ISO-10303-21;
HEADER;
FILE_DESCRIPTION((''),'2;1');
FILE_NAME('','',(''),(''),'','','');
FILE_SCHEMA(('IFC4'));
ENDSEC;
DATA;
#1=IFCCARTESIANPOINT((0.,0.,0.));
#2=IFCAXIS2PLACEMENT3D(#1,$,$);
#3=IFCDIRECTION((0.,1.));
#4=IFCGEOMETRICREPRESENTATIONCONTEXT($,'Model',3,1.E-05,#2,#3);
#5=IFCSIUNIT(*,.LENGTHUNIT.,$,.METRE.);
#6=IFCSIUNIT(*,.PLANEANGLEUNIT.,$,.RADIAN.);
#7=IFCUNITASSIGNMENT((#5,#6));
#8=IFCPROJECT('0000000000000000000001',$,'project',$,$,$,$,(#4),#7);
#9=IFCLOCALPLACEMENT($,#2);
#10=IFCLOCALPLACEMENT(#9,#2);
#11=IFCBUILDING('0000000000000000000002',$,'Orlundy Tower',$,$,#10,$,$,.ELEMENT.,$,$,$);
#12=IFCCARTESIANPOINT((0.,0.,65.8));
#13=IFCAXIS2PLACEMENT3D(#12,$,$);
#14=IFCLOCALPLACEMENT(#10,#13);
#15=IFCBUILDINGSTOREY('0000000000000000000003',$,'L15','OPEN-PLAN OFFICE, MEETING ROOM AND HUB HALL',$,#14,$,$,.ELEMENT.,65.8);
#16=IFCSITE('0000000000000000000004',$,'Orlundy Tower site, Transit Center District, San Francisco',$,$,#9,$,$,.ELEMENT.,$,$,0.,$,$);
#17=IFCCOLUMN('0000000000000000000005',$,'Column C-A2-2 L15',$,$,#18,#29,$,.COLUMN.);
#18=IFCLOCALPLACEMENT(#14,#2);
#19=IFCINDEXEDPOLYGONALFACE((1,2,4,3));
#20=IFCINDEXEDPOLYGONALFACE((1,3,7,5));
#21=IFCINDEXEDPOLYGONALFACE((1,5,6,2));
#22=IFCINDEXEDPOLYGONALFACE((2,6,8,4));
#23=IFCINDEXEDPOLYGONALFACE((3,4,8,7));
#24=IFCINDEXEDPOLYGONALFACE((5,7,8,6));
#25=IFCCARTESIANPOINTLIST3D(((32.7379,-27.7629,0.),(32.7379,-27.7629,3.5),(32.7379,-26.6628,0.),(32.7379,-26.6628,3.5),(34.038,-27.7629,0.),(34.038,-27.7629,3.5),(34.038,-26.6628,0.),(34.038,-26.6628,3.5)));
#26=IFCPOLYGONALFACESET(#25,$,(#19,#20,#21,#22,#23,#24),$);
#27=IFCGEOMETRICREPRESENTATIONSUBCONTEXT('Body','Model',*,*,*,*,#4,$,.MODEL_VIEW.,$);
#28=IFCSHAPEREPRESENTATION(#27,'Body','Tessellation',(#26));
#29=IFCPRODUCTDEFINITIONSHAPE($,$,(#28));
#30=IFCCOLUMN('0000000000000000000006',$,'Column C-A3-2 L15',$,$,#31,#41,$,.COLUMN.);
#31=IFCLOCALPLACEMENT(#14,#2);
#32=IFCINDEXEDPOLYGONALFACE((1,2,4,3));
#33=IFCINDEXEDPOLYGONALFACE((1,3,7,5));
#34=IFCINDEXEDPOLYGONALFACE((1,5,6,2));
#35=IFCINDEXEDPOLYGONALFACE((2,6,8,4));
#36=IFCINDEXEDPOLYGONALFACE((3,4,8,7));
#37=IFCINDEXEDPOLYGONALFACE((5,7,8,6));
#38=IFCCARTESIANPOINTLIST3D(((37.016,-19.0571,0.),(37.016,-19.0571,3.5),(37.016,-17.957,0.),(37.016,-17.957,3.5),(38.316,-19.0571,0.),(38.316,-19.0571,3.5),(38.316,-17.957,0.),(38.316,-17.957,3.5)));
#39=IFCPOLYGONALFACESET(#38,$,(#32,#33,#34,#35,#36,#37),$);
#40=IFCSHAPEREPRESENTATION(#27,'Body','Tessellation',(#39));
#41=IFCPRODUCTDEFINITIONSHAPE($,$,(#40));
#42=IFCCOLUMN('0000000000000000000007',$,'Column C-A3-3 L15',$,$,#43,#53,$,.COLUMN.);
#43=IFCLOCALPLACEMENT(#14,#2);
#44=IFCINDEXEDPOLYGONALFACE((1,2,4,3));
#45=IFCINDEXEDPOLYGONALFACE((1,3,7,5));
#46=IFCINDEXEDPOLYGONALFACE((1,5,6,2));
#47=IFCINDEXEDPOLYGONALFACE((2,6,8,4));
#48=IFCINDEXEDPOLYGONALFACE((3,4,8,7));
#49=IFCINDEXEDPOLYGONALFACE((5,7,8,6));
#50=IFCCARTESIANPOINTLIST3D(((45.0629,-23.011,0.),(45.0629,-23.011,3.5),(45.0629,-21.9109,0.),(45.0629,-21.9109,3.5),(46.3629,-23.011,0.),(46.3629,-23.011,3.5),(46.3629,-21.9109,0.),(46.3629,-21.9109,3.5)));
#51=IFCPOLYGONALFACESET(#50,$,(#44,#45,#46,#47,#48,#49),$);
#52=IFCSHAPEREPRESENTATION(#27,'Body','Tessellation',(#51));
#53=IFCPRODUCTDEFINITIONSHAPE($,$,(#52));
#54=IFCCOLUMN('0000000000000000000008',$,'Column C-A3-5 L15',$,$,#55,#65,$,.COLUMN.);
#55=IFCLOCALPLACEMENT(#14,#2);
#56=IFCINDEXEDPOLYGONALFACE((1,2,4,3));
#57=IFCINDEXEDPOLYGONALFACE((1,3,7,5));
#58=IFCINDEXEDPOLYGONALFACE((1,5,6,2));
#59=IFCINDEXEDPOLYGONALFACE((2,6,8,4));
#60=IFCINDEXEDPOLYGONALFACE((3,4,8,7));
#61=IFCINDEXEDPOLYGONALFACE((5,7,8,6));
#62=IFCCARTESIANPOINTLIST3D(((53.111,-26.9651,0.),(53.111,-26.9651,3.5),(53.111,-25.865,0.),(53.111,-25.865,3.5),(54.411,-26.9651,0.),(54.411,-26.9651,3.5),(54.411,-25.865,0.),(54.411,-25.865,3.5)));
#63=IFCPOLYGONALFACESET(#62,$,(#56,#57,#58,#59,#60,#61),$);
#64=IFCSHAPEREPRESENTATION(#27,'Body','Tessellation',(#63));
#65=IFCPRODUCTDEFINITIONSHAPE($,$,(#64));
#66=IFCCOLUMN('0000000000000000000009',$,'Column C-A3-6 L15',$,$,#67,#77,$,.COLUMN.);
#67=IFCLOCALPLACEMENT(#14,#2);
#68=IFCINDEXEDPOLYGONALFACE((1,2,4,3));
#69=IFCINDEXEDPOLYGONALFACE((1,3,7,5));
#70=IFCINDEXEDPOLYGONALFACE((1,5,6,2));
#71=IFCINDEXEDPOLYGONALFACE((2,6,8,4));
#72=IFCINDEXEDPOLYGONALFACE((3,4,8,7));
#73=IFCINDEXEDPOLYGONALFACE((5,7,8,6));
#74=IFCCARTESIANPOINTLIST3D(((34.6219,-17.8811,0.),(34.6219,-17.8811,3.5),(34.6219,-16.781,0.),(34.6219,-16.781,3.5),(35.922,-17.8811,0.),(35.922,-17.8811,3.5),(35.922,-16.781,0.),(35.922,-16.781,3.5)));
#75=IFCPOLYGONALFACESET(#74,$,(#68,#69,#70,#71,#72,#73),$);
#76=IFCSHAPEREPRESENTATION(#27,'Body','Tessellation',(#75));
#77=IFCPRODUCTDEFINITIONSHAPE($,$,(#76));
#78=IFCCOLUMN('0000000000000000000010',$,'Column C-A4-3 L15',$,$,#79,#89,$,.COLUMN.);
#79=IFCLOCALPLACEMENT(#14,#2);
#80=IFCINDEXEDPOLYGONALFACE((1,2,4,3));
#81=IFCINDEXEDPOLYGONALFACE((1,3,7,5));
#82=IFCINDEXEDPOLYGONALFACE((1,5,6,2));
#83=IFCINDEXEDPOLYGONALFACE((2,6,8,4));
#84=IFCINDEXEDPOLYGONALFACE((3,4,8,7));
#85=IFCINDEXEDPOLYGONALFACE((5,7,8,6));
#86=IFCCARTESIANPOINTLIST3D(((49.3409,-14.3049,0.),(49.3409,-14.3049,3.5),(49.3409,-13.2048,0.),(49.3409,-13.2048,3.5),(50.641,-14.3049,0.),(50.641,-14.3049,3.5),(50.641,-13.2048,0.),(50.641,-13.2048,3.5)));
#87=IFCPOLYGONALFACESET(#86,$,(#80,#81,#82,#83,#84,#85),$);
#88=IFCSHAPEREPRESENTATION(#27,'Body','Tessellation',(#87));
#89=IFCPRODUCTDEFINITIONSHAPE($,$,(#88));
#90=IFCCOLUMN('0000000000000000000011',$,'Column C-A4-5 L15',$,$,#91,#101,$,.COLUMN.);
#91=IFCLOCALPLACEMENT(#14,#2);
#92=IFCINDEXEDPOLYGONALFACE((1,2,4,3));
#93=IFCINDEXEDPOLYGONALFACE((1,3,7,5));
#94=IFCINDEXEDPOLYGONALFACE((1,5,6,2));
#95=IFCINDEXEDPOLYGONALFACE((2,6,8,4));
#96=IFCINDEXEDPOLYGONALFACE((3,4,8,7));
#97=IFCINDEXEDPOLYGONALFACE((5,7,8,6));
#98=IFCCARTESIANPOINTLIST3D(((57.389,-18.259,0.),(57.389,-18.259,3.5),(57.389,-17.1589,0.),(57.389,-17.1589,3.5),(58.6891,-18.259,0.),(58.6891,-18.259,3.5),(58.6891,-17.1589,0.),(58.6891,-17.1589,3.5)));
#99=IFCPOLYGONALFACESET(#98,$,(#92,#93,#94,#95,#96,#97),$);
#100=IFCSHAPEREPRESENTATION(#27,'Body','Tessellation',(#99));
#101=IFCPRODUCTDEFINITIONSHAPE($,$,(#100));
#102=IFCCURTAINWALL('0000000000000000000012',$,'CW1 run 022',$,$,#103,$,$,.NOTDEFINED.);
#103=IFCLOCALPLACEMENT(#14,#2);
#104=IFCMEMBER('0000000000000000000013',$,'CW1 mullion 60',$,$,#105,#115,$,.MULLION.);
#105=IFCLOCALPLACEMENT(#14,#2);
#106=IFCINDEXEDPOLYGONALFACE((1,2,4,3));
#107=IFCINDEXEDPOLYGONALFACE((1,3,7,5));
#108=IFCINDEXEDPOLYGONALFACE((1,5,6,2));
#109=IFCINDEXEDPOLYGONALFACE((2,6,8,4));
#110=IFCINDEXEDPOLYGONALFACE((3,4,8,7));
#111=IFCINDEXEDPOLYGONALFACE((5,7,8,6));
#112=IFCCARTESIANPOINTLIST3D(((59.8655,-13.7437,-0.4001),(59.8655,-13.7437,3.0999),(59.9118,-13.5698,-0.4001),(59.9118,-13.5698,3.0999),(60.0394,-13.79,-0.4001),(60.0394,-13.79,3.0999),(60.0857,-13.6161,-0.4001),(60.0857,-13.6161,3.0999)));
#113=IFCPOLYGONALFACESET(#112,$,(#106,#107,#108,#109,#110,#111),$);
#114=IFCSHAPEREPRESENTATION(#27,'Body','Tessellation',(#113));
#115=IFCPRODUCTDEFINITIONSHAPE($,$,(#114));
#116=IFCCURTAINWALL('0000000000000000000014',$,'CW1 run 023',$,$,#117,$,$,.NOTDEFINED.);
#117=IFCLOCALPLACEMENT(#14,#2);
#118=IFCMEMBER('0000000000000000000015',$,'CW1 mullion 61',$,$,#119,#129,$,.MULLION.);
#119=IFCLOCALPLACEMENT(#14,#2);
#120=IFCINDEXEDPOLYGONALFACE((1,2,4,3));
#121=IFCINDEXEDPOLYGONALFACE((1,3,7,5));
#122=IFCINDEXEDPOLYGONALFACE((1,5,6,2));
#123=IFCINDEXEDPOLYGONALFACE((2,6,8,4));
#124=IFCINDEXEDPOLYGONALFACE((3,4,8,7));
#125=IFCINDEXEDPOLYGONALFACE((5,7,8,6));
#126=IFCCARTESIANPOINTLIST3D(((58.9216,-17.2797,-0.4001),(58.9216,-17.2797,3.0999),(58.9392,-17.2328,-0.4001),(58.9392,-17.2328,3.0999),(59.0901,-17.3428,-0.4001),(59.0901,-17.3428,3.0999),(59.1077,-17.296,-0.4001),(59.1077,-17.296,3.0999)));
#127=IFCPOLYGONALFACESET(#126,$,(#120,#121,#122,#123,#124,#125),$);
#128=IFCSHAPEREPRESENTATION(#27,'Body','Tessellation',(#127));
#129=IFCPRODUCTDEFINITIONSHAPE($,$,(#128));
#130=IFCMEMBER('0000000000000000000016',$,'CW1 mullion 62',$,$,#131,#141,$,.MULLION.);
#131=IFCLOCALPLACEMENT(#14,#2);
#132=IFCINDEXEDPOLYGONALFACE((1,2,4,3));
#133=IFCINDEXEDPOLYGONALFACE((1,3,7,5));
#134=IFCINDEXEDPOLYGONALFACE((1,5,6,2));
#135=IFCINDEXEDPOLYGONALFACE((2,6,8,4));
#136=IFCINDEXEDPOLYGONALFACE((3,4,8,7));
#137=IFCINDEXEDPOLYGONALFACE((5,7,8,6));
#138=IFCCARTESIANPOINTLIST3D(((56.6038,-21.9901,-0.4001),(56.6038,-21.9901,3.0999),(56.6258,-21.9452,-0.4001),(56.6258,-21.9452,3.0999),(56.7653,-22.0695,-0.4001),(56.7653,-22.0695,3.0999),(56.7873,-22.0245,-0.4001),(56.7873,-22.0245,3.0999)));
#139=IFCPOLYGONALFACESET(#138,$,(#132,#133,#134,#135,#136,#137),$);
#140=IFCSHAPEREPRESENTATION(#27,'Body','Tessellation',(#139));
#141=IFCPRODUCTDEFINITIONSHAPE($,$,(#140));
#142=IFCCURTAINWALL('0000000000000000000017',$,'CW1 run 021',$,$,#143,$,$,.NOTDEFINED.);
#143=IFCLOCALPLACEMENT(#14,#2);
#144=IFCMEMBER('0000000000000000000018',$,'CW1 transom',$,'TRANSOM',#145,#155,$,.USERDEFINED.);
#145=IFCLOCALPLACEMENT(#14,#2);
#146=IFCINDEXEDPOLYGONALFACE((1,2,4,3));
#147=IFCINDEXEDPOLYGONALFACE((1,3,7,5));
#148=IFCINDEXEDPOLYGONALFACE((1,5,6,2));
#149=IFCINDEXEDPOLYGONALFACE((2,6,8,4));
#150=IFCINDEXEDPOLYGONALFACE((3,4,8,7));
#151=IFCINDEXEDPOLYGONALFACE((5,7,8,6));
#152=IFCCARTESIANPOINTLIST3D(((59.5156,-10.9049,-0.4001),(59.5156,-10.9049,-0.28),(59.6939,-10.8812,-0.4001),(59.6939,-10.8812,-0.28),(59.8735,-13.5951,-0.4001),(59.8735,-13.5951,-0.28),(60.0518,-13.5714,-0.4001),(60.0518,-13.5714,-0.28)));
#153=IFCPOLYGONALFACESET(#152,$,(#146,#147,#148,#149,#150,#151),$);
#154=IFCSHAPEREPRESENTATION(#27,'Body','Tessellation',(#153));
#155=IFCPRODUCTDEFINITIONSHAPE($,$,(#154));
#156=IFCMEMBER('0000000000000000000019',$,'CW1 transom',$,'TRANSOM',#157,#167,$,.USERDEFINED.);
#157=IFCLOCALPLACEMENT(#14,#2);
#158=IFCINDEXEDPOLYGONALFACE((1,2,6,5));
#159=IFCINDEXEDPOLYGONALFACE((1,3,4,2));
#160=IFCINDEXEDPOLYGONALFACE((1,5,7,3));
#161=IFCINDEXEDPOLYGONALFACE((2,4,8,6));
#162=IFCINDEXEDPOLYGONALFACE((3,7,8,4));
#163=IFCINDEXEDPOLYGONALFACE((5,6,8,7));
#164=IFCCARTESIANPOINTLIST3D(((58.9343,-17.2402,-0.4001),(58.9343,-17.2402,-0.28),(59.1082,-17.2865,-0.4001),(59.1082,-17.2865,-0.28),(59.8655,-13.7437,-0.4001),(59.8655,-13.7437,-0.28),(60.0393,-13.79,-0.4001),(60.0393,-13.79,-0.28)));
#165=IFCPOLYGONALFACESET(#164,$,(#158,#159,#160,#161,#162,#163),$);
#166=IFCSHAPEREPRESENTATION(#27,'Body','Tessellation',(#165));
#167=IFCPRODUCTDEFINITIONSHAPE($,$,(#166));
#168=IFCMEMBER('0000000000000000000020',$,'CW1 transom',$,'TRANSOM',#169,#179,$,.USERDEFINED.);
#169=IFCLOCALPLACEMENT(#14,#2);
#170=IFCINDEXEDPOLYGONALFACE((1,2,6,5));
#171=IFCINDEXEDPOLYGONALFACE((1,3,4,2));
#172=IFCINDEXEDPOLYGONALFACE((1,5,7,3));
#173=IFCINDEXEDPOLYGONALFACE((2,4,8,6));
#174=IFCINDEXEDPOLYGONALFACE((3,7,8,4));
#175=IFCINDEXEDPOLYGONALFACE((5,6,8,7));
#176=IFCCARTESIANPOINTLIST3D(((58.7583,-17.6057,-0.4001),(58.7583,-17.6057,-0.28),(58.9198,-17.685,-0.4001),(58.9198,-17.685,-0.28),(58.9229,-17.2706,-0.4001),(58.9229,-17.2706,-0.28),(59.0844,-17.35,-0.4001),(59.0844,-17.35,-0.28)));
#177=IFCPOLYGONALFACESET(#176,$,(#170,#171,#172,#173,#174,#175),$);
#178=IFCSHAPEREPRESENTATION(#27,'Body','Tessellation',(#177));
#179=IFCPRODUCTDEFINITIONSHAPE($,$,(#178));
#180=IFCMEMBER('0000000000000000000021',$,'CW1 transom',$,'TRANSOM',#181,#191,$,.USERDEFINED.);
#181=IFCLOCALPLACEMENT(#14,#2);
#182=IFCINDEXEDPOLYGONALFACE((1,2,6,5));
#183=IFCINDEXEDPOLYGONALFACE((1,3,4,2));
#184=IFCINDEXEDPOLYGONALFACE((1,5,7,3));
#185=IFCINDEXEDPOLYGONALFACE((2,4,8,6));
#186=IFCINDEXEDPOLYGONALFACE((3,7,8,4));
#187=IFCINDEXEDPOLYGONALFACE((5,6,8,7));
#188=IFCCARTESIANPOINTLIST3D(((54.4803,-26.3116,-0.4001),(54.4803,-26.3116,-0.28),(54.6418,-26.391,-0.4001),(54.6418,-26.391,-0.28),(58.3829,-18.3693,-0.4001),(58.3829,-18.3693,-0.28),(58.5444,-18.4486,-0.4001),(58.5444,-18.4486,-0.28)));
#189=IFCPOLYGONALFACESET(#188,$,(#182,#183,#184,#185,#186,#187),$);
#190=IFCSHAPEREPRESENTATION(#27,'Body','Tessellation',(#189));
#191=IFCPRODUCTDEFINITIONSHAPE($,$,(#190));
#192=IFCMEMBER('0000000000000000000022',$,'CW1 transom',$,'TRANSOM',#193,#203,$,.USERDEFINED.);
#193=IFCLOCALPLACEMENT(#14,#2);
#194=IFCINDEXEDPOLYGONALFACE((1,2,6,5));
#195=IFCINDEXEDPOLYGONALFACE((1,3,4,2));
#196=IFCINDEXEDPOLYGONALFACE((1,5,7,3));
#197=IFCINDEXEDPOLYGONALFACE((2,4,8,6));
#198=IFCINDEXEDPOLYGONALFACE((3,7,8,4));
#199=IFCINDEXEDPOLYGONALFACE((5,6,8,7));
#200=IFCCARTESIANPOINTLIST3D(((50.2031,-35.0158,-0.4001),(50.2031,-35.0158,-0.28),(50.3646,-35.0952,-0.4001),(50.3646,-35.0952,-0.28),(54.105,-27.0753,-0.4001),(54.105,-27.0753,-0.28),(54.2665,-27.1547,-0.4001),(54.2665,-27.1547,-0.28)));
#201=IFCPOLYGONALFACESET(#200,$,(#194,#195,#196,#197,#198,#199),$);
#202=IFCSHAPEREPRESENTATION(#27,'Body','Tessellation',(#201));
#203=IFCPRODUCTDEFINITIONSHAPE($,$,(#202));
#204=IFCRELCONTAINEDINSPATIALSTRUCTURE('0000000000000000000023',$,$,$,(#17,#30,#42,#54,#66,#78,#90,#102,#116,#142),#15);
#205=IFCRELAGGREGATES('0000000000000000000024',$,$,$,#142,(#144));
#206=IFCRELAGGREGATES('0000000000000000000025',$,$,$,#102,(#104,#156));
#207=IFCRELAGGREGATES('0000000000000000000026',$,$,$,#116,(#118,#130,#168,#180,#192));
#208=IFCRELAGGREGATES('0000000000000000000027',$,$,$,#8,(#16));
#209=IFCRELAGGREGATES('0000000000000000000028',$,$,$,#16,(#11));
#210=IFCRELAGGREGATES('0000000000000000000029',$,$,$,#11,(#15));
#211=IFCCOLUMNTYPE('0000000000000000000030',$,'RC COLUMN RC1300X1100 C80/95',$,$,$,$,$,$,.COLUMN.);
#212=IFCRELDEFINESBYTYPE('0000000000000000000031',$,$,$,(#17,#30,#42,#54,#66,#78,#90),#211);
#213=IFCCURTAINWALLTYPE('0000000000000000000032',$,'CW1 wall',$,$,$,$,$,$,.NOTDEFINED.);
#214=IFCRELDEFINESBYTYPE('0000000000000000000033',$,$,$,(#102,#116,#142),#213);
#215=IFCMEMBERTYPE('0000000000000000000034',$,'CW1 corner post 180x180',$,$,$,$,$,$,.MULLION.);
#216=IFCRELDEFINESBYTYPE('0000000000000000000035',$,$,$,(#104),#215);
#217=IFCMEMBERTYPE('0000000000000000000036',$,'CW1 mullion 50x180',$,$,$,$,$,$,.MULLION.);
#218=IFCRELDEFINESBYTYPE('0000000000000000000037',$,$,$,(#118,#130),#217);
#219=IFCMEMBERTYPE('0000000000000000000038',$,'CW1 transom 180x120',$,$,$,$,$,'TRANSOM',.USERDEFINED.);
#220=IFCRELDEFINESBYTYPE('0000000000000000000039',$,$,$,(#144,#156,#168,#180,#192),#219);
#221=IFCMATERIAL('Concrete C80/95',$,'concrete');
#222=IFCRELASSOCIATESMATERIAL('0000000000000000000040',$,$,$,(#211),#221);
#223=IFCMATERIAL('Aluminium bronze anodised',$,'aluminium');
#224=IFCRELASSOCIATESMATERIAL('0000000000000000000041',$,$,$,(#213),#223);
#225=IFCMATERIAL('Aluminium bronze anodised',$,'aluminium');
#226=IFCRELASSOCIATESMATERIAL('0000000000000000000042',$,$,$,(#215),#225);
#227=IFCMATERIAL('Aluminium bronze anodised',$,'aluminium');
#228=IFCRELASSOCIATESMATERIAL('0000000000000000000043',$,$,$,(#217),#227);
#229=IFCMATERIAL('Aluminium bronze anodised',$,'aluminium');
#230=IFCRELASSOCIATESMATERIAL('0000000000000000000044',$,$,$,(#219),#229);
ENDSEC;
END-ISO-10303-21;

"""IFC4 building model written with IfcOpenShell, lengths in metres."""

from ifc_helpers import new_model, si_unit, direction, frame, origin, origin_2d, place, context, subcontext, project, spatial, rectangle, extrude, material, material_profile, profile_set, type_object, element, aggregate, save


model = new_model("IFC4")

# Units and contexts
model_context = context("Model", 3, precision=1e-05, world=origin(), true_north=direction((0.0, 1.0)))
body_context = subcontext(model_context, "Body", "Model", "MODEL_VIEW")
ifc_project = project(units=[si_unit("LENGTHUNIT", "METRE"), si_unit("PLANEANGLEUNIT", "RADIAN")], contexts=[model_context])

# Site, building, storey
site_placement = place(None, origin())
site = spatial("IfcSite", under=ifc_project, at=site_placement, Name="Orlundy Tower site, Transit Center District, San Francisco", CompositionType="ELEMENT", RefElevation=0.0)
building_placement = place(site_placement, origin())
building = spatial("IfcBuilding", under=site, at=building_placement, Name="Orlundy Tower", CompositionType="ELEMENT")
storey_placement = place(building_placement, frame((0.0, 0.0, 65.8)))
storey = spatial("IfcBuildingStorey", under=building, at=storey_placement, Name="L15", Description="OPEN-PLAN OFFICE, MEETING ROOM AND HUB HALL", CompositionType="ELEMENT", Elevation=65.8)

# Columns
ifc_material_1 = material(Name="Concrete C80/95", Category="concrete")
ifc_material_profile_1 = material_profile(ifc_material_1, rectangle(XDim=1.3, YDim=1.1001, at=origin_2d()), Name="RC1300X1100")
ifc_profile_set_1 = profile_set([ifc_material_profile_1], Name="Concrete C80/95")
column_type = type_object("IfcColumnType", Name="RC COLUMN RC1300X1100 C80/95", PredefinedType="COLUMN", material=ifc_profile_set_1)
for number, where, z_axis, x_axis, name in (
    (1, (33.3879, -27.2129, 0.0), (0.0, 0.0, 1.0), (1.0, 0.0, 0.0), "Column C-A2-2 L15"),
    (2, (37.666, -18.5071, 0.0), (0.0, 0.0, 1.0), (1.0, 0.0, 0.0), "Column C-A3-2 L15"),
    (3, (45.7129, -22.4609, 0.0), (0.0, 0.0, 1.0), (1.0, 0.0, 0.0), "Column C-A3-3 L15"),
    (4, (53.761, -26.415, 0.0), (0.0, 0.0, 1.0), (1.0, 0.0, 0.0), "Column C-A3-5 L15"),
    (5, (35.272, -17.3311, 0.0), (0.0, 0.0, 1.0), (1.0, 0.0, 0.0), "Column C-A3-6 L15"),
    (6, (49.991, -13.7549, 0.0), (0.0, 0.0, 1.0), (1.0, 0.0, 0.0), "Column C-A4-3 L15"),
    (7, (58.0391, -17.709, 0.0), (0.0, 0.0, 1.0), (1.0, 0.0, 0.0), "Column C-A4-5 L15"),
):
    element("IfcColumn", number, at=place(storey_placement, frame(where, z_axis=z_axis, x_axis=x_axis)), inside=storey, type_object=column_type, Name=name, PredefinedType="COLUMN", context=body_context, shape_type="SweptSolid", body=[
        extrude(rectangle(XDim=1.3, YDim=1.1001, at=origin_2d()), origin(), (0.0, 0.0, 1.0), 3.5),
    ])

# Curtain wall, member
ifc_material_2 = material(Name="Aluminium bronze anodised", Category="aluminium")
curtain_wall_type = type_object("IfcCurtainWallType", Name="CW1 wall", PredefinedType="NOTDEFINED", material=ifc_material_2)
curtain_wall_1_placement = place(storey_placement, origin())
curtain_wall_1 = element("IfcCurtainWall", 8, at=curtain_wall_1_placement, inside=storey, type_object=curtain_wall_type, Name="CW1 run 022", PredefinedType="NOTDEFINED")
ifc_material_3 = material(Name="Aluminium bronze anodised", Category="aluminium")
ifc_material_profile_2 = material_profile(ifc_material_3, rectangle(XDim=0.1799, YDim=0.1799, at=origin_2d()), Name="CW1 corner post 180x180")
ifc_profile_set_2 = profile_set([ifc_material_profile_2], Name="Aluminium bronze anodised")
member_type_1 = type_object("IfcMemberType", Name="CW1 corner post 180x180", PredefinedType="MULLION", material=ifc_profile_set_2)
member_1_placement = place(storey_placement, frame((59.9756, -13.6799, -0.4001), z_axis=(0.0, 0.0, 1.0), x_axis=(0.966315, -0.25736, 0.0)))
member_1 = element("IfcMember", 9, at=member_1_placement, type_object=member_type_1, Name="CW1 mullion 60", PredefinedType="MULLION", context=body_context, shape_type="SweptSolid", body=[
    extrude(rectangle(XDim=0.1799, YDim=0.1799, at=origin_2d()), origin(), (0.0, 0.0, 1.0), 3.5),
])

# Curtain wall, members
curtain_wall_2_placement = place(storey_placement, origin())
curtain_wall_2 = element("IfcCurtainWall", 10, at=curtain_wall_2_placement, inside=storey, type_object=curtain_wall_type, Name="CW1 run 023", PredefinedType="NOTDEFINED")
ifc_material_4 = material(Name="Aluminium bronze anodised", Category="aluminium")
ifc_material_profile_3 = material_profile(ifc_material_4, rectangle(XDim=0.1799, YDim=0.05, at=origin_2d()), Name="CW1 mullion 50x180")
ifc_profile_set_3 = profile_set([ifc_material_profile_3], Name="Aluminium bronze anodised")
member_type_2 = type_object("IfcMemberType", Name="CW1 mullion 50x180", PredefinedType="MULLION", material=ifc_profile_set_3)
member_2_placement = place(storey_placement, frame((59.0146, -17.2878, -0.4001), z_axis=(0.0, 0.0, 1.0), x_axis=(0.936421, -0.350877, 0.0)))
member_2 = element("IfcMember", 11, at=member_2_placement, type_object=member_type_2, Name="CW1 mullion 61", PredefinedType="MULLION", context=body_context, shape_type="SweptSolid", body=[
    extrude(rectangle(XDim=0.1799, YDim=0.05, at=origin_2d()), origin(), (0.0, 0.0, 1.0), 3.5),
])
member_3_placement = place(storey_placement, frame((56.6956, -22.0073, -0.4001), z_axis=(0.0, 0.0, 1.0), x_axis=(0.897501, -0.441012, 0.0)))
member_3 = element("IfcMember", 12, at=member_3_placement, type_object=member_type_2, Name="CW1 mullion 62", PredefinedType="MULLION", context=body_context, shape_type="SweptSolid", body=[
    extrude(rectangle(XDim=0.1799, YDim=0.05, at=origin_2d()), origin(), (0.0, 0.0, 1.0), 3.5),
])

# Curtain wall, member
curtain_wall_3_placement = place(storey_placement, origin())
curtain_wall_3 = element("IfcCurtainWall", 13, at=curtain_wall_3_placement, inside=storey, type_object=curtain_wall_type, Name="CW1 run 021", PredefinedType="NOTDEFINED")
ifc_material_5 = material(Name="Aluminium bronze anodised", Category="aluminium")
ifc_material_profile_4 = material_profile(ifc_material_5, rectangle(XDim=0.1799, YDim=0.1201, at=origin_2d()), Name="CW1 transom 180x120")
ifc_profile_set_4 = profile_set([ifc_material_profile_4], Name="Aluminium bronze anodised")
member_type_3 = type_object("IfcMemberType", Name="CW1 transom 180x120", ElementType="TRANSOM", PredefinedType="USERDEFINED", material=ifc_profile_set_4)
member_4_placement = place(storey_placement, frame((59.6047, -10.8931, -0.3401), z_axis=(0.131881, -0.991266, 0.0), x_axis=(0.991266, 0.131881, 0.0)))
member_4 = element("IfcMember", 14, at=member_4_placement, type_object=member_type_3, Name="CW1 transom", ObjectType="TRANSOM", PredefinedType="USERDEFINED", context=body_context, shape_type="SweptSolid", body=[
    extrude(rectangle(XDim=0.1799, YDim=0.1201, at=origin_2d()), origin(), (0.0, 0.0, 1.0), 2.7139),
])

# Members
member_5_placement = place(storey_placement, frame((59.9524, -13.7668, -0.3401), z_axis=(-0.257335, -0.966322, 0.0), x_axis=(0.966322, -0.257335, 0.0)))
member_5 = element("IfcMember", 15, at=member_5_placement, type_object=member_type_3, Name="CW1 transom", ObjectType="TRANSOM", PredefinedType="USERDEFINED", context=body_context, shape_type="SweptSolid", body=[
    extrude(rectangle(XDim=0.1799, YDim=0.1201, at=origin_2d()), origin(), (0.0, 0.0, 1.0), 3.6184),
])
member_6_placement = place(storey_placement, frame((59.0037, -17.3103, -0.3401), z_axis=(-0.440922, -0.897545, 0.0), x_axis=(0.897545, -0.440922, 0.0)))
member_6 = element("IfcMember", 16, at=member_6_placement, type_object=member_type_3, Name="CW1 transom", ObjectType="TRANSOM", PredefinedType="USERDEFINED", context=body_context, shape_type="SweptSolid", body=[
    extrude(rectangle(XDim=0.1799, YDim=0.1201, at=origin_2d()), origin(), (0.0, 0.0, 1.0), 0.3733),
])
member_7_placement = place(storey_placement, frame((58.4636, -18.4089, -0.3401), z_axis=(-0.441001, -0.897507, 0.0), x_axis=(0.897507, -0.441001, 0.0)))
member_7 = element("IfcMember", 17, at=member_7_placement, type_object=member_type_3, Name="CW1 transom", ObjectType="TRANSOM", PredefinedType="USERDEFINED", context=body_context, shape_type="SweptSolid", body=[
    extrude(rectangle(XDim=0.1799, YDim=0.1201, at=origin_2d()), origin(), (0.0, 0.0, 1.0), 8.8494),
])
member_8_placement = place(storey_placement, frame((54.1858, -27.115, -0.3401), z_axis=(-0.441022, -0.897496, 0.0), x_axis=(0.897496, -0.441022, 0.0)))
member_8 = element("IfcMember", 18, at=member_8_placement, type_object=member_type_3, Name="CW1 transom", ObjectType="TRANSOM", PredefinedType="USERDEFINED", context=body_context, shape_type="SweptSolid", body=[
    extrude(rectangle(XDim=0.1799, YDim=0.1201, at=origin_2d()), origin(), (0.0, 0.0, 1.0), 8.8474),
])

aggregate(curtain_wall_3, [member_4])
aggregate(curtain_wall_1, [member_1, member_5])
aggregate(curtain_wall_2, [member_2, member_3, member_6, member_7, member_8])

save(model, "model.ifc")
